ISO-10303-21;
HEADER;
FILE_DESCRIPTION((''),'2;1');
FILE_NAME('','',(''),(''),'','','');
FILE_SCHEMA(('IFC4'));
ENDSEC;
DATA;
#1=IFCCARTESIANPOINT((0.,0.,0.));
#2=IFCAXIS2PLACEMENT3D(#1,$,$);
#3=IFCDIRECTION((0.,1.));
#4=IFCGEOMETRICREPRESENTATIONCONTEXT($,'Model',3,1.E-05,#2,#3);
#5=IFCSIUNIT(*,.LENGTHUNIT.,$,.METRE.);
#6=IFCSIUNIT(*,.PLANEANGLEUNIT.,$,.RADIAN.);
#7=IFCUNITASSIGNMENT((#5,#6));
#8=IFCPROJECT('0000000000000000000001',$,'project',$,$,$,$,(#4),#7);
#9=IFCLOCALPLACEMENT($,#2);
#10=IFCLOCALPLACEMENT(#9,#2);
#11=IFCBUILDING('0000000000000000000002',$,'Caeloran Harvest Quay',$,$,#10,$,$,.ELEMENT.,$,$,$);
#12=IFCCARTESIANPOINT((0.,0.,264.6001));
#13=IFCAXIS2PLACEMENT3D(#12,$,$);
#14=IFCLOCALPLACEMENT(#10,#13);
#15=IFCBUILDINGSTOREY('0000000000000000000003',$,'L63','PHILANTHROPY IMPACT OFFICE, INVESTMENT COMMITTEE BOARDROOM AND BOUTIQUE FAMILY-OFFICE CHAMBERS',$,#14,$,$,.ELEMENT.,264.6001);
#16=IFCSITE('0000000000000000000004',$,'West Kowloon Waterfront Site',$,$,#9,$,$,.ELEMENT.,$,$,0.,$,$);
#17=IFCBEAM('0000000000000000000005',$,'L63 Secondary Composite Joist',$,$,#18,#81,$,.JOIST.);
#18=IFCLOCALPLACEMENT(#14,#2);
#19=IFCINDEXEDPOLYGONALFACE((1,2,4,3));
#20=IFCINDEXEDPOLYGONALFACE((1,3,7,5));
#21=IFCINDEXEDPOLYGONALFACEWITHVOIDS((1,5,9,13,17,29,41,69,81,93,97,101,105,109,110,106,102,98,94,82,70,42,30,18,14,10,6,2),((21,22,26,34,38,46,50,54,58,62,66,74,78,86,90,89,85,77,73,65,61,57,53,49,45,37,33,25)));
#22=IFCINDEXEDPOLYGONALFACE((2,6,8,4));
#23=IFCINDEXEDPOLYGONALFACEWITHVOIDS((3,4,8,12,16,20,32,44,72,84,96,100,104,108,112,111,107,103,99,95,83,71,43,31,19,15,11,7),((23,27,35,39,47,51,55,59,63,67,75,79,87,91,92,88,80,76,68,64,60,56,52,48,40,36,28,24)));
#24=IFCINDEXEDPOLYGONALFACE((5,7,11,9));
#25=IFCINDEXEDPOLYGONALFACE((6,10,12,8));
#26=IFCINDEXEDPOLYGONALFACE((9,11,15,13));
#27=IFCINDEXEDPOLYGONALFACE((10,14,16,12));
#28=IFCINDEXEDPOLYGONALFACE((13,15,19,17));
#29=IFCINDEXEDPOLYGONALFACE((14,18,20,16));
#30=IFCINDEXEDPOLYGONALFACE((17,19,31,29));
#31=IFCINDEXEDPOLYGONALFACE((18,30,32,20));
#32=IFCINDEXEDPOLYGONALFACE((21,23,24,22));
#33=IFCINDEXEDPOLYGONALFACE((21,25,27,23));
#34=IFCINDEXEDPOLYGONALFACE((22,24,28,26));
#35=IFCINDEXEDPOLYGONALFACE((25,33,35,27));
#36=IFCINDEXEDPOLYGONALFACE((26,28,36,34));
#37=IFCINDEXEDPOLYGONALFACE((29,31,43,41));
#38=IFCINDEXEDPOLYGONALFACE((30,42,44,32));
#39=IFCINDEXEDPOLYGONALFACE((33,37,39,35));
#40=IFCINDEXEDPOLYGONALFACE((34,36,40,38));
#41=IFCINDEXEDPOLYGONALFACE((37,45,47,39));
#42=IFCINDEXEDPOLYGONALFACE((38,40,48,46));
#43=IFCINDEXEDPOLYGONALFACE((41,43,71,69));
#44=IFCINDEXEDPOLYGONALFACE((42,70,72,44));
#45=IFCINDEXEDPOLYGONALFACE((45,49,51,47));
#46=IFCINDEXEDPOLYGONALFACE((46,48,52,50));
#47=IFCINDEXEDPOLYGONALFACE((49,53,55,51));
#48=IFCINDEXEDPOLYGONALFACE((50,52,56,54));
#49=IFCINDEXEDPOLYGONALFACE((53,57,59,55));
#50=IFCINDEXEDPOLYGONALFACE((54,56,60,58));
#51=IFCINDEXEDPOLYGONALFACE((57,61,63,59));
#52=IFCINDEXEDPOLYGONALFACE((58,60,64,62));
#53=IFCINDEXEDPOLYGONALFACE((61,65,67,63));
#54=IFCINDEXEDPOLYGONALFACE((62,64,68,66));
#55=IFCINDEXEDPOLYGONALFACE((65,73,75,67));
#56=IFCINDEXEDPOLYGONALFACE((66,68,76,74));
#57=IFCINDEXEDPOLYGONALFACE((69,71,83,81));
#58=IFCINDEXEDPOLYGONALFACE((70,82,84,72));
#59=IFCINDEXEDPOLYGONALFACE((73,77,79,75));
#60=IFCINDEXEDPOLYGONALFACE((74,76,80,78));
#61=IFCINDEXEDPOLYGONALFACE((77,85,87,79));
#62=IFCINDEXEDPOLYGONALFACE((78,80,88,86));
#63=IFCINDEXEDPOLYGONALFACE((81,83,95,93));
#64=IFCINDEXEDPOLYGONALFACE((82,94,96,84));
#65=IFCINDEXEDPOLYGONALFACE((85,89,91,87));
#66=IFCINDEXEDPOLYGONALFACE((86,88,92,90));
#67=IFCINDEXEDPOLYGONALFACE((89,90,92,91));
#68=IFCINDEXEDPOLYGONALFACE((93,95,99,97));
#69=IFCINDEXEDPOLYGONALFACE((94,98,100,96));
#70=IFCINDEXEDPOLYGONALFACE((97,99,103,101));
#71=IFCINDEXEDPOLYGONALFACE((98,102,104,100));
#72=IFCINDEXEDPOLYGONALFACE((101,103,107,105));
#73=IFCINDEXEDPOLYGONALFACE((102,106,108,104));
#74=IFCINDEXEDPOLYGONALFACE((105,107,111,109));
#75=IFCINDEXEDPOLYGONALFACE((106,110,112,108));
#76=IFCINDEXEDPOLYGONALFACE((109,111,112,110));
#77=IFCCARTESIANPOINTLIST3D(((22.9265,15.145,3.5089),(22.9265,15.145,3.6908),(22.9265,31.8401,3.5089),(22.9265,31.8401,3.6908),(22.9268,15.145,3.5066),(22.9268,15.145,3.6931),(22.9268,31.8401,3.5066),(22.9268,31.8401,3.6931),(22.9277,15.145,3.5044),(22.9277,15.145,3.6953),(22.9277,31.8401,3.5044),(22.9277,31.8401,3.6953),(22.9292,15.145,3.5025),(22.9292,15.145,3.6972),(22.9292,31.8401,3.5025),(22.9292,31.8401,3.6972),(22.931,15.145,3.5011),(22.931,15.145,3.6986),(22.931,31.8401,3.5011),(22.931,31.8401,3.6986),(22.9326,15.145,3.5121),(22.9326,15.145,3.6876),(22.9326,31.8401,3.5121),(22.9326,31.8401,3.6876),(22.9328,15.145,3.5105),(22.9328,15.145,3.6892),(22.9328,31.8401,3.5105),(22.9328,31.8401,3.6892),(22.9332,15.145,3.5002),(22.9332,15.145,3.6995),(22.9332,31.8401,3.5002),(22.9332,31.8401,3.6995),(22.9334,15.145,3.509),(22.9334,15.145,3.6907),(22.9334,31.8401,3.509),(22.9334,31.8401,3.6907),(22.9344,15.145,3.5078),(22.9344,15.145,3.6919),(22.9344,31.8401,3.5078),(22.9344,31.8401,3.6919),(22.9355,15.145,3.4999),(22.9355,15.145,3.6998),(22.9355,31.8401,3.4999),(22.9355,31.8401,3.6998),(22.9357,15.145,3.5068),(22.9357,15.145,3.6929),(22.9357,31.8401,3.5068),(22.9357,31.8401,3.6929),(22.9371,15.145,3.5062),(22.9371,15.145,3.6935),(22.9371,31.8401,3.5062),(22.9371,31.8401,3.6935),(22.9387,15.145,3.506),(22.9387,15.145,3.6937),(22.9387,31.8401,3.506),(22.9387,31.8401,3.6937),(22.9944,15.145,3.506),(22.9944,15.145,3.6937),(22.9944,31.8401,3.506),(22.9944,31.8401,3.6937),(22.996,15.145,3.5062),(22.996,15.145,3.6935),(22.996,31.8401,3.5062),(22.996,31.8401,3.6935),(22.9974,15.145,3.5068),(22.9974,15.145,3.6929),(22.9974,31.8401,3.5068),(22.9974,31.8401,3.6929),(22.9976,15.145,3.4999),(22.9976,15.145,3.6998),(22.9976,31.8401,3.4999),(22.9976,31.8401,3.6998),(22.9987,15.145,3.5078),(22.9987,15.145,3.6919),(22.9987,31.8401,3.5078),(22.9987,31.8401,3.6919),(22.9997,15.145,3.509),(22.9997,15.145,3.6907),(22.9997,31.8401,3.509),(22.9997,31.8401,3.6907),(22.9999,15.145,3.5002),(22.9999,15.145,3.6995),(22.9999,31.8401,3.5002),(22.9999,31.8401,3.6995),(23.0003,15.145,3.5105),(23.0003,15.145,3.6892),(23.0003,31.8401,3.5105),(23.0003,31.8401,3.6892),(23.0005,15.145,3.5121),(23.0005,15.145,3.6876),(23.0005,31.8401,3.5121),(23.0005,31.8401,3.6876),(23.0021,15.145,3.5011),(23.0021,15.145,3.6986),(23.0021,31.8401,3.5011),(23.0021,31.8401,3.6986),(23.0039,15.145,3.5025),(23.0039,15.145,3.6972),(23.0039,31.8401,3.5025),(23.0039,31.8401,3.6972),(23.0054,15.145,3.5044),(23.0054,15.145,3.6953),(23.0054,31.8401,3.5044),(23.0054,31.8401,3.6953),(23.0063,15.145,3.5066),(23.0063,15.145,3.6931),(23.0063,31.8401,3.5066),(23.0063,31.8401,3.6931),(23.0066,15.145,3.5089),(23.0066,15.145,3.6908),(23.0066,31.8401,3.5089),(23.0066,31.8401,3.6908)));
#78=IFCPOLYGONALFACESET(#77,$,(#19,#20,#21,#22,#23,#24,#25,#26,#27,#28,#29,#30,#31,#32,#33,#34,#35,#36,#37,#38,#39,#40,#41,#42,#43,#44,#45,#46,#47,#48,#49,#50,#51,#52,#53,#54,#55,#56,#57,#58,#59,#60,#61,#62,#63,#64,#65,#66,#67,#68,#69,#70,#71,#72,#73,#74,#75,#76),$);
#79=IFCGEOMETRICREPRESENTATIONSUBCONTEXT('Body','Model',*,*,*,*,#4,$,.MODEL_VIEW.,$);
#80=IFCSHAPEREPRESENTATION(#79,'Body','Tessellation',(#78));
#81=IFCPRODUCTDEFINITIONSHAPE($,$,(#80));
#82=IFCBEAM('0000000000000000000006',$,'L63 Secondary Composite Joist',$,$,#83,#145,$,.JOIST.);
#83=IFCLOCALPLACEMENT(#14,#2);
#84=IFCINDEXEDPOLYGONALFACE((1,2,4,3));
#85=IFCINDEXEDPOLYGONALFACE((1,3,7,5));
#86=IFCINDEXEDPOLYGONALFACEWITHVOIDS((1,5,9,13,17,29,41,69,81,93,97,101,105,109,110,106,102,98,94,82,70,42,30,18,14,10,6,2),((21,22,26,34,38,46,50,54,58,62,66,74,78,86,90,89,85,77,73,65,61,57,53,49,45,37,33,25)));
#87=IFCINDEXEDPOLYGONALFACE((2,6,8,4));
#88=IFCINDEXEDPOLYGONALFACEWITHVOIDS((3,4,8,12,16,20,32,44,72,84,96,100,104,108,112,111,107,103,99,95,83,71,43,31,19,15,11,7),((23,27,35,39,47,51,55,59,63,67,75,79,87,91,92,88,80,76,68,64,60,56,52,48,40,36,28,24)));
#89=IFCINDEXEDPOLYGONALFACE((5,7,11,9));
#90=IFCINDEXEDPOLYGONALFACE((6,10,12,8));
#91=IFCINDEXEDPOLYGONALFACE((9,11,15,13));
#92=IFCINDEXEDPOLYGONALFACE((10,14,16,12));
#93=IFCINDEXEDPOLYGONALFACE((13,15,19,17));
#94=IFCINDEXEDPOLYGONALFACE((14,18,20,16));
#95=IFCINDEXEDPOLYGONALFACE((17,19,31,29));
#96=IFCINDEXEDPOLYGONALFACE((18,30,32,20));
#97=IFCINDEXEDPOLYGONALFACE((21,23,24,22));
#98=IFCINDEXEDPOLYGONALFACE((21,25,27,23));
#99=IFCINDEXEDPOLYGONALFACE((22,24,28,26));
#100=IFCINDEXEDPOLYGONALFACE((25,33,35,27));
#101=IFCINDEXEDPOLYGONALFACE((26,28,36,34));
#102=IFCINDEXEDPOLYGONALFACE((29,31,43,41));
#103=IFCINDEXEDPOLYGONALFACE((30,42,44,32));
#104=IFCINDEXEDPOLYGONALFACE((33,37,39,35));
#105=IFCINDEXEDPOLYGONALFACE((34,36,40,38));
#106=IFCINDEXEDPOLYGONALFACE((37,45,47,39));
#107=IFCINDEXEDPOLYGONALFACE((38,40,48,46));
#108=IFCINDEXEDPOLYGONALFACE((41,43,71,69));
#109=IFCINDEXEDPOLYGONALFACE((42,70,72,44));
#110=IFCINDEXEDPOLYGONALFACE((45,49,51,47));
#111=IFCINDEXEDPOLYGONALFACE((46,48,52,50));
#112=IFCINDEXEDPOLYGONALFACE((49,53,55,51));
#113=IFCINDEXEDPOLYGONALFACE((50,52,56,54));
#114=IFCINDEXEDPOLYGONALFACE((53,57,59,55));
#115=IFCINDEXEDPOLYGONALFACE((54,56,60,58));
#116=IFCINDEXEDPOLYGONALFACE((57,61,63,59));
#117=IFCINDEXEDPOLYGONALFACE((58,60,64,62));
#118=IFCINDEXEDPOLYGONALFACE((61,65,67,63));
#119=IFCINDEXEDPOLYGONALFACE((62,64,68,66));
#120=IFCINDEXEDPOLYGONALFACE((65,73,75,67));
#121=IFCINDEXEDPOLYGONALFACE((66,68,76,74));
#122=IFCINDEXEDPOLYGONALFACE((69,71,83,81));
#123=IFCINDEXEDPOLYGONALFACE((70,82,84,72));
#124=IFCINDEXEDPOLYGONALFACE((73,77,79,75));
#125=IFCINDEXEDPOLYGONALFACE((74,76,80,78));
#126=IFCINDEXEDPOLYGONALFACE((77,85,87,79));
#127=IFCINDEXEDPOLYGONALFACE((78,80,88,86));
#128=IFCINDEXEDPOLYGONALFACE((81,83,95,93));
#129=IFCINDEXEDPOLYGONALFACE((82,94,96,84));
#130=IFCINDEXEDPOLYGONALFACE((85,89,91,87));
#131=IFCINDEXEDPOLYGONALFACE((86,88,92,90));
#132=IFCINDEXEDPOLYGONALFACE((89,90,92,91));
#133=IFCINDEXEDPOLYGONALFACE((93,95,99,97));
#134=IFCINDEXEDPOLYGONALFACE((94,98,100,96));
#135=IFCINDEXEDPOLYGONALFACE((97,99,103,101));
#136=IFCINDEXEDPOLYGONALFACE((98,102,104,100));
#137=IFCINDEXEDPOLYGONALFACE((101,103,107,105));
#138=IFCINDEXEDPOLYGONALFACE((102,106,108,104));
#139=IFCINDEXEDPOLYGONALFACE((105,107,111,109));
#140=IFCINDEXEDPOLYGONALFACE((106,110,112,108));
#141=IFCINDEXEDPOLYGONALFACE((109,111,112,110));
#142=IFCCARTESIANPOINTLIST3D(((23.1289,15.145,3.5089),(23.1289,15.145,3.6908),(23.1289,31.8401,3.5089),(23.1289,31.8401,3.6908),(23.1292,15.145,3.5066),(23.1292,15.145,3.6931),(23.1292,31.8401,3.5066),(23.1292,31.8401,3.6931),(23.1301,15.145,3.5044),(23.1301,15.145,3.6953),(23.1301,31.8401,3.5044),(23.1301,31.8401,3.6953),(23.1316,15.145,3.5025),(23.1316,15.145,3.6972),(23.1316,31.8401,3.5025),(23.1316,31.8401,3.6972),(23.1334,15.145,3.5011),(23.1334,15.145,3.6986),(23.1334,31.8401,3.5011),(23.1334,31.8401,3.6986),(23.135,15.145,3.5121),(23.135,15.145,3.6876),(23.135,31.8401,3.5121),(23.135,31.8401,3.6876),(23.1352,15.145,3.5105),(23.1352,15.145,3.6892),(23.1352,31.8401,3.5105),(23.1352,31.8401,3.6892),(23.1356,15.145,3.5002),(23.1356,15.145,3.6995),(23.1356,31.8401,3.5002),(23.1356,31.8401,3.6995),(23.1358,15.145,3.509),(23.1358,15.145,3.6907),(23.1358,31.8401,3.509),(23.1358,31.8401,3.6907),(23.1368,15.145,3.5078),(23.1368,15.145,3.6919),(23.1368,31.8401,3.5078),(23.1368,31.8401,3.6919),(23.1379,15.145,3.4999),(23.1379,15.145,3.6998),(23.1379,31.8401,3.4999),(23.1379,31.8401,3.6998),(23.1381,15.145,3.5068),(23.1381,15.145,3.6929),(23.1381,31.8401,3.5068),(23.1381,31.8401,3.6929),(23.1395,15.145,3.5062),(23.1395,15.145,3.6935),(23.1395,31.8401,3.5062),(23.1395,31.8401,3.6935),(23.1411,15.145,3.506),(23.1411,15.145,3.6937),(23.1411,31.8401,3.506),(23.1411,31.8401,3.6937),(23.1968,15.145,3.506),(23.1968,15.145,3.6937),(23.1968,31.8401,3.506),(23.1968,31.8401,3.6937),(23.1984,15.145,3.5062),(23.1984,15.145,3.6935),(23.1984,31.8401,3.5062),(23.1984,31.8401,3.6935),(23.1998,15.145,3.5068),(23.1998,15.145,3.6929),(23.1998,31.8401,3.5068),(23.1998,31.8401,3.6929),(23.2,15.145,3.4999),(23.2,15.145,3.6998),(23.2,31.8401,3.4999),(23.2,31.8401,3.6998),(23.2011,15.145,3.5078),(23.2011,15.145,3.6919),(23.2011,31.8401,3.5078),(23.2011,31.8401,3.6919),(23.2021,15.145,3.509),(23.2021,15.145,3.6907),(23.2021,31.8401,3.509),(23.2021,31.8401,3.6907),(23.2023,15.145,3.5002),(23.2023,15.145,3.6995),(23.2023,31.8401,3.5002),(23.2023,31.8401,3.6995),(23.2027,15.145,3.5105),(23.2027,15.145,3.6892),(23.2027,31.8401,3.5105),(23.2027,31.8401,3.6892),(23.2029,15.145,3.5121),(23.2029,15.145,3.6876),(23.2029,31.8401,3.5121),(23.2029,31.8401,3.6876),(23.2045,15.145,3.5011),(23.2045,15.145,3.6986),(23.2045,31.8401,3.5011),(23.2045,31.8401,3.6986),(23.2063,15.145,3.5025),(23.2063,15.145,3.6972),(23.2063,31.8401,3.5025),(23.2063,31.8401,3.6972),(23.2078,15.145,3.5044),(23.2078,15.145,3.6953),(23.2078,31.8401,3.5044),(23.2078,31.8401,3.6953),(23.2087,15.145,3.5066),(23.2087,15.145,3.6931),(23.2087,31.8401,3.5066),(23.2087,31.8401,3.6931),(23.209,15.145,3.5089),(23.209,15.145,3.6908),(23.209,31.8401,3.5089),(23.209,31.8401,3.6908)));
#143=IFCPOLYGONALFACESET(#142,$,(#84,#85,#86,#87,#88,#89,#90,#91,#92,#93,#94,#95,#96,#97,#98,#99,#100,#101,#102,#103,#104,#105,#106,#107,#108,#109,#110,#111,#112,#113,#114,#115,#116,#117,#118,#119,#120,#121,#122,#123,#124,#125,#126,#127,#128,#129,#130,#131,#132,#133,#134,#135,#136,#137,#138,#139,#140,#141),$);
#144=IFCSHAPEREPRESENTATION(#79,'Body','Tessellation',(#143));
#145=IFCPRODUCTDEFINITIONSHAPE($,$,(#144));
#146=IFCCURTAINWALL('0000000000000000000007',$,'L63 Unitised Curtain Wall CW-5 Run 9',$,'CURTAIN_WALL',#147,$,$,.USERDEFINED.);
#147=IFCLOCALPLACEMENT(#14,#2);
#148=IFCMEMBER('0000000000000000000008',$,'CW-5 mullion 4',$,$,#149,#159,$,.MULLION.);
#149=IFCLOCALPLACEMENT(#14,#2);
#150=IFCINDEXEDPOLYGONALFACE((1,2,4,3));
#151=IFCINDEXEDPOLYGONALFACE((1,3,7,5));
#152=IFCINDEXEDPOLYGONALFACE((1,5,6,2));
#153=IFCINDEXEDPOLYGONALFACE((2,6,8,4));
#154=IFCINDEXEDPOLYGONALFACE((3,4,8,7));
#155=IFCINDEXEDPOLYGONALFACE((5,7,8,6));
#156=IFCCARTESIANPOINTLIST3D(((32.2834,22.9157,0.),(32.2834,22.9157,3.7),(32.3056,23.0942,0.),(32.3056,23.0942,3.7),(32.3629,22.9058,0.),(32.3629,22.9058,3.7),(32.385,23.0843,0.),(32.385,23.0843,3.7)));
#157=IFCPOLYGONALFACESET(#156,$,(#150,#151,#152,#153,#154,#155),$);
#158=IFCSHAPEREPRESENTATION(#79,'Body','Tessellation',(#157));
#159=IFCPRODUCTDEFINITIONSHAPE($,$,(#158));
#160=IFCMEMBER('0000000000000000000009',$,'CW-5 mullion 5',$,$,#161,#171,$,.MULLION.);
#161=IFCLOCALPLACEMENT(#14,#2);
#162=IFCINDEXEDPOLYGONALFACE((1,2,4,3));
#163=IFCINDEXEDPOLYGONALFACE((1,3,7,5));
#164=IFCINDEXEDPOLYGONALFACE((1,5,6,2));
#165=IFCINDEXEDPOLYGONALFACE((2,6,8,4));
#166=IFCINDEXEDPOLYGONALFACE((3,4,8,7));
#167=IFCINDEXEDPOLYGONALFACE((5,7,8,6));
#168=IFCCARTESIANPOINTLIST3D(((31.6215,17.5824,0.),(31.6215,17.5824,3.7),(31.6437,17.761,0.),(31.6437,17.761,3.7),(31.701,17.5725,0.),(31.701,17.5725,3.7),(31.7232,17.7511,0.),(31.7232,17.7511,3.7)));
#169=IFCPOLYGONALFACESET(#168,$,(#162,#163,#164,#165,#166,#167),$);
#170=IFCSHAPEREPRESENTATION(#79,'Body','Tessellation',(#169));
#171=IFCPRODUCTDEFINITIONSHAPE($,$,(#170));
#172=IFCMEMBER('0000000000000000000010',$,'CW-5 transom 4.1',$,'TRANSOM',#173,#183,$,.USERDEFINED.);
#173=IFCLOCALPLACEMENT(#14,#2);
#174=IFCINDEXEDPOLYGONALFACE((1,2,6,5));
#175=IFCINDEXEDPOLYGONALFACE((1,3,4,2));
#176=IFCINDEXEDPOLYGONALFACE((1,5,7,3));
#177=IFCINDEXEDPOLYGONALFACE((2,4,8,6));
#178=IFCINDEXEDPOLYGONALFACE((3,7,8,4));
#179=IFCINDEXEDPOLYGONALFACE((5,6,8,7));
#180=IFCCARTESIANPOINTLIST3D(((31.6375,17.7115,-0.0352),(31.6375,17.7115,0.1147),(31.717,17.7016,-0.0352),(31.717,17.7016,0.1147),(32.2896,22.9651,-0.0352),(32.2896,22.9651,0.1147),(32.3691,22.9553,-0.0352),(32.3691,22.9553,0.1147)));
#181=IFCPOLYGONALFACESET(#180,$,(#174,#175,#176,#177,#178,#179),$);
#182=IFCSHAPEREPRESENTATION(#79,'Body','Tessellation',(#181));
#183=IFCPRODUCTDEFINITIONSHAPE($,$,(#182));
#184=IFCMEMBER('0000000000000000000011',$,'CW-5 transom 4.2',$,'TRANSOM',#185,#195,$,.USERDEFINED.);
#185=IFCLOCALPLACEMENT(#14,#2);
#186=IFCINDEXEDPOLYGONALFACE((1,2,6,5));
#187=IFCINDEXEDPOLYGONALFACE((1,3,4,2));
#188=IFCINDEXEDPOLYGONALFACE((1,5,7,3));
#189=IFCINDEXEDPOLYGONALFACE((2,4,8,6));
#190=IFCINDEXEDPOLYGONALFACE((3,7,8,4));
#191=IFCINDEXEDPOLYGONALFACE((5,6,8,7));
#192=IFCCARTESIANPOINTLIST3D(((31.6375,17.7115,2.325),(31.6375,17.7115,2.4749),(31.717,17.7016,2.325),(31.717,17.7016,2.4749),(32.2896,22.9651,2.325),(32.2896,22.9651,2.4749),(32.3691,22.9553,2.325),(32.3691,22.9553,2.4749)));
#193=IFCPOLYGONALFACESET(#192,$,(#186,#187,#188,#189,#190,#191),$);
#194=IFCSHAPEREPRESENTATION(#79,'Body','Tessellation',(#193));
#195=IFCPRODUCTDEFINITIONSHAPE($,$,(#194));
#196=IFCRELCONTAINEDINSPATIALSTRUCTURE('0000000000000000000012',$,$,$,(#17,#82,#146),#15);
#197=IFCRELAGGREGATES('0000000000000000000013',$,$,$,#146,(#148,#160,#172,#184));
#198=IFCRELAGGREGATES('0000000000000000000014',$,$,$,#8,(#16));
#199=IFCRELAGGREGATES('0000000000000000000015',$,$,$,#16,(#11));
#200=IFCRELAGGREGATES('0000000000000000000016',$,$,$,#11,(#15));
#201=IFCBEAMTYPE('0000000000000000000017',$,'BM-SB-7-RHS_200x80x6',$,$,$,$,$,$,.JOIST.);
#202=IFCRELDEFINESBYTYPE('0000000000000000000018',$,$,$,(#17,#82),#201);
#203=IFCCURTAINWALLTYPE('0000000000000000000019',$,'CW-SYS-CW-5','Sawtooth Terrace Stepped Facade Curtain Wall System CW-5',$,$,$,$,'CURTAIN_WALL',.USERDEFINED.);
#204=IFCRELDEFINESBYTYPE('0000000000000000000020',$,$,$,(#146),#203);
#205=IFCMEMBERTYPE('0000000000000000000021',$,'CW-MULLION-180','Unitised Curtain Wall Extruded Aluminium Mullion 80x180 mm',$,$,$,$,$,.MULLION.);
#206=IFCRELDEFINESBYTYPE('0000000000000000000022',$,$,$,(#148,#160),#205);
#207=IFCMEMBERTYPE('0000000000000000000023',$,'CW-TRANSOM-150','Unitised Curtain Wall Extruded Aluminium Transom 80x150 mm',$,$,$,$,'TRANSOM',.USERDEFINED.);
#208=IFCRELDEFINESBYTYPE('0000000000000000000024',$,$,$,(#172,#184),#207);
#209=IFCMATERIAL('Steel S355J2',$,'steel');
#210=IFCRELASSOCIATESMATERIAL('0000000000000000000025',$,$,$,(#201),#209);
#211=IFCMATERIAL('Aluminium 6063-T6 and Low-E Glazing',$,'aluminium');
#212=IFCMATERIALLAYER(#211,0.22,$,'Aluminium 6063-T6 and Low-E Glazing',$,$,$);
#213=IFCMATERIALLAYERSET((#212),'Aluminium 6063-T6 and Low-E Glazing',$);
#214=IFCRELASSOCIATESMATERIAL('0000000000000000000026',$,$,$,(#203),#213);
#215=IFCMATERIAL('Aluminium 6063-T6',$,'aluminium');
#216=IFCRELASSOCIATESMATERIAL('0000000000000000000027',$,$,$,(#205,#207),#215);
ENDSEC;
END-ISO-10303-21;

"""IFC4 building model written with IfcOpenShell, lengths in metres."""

from ifc_helpers import new_model, si_unit, direction, frame, origin, origin_2d, place, context, subcontext, project, spatial, rectangle, hollow_rectangle, extrude, material, layer, layer_set, material_profile, profile_set, type_object, element, aggregate, save


model = new_model("IFC4")

# Units and contexts
model_context = context("Model", 3, precision=1e-05, world=origin(), true_north=direction((0.0, 1.0)))
body_context = subcontext(model_context, "Body", "Model", "MODEL_VIEW")
ifc_project = project(units=[si_unit("LENGTHUNIT", "METRE"), si_unit("PLANEANGLEUNIT", "RADIAN")], contexts=[model_context])

# Site, building, storey
site_placement = place(None, origin())
site = spatial("IfcSite", under=ifc_project, at=site_placement, Name="West Kowloon Waterfront Site", CompositionType="ELEMENT", RefElevation=0.0)
building_placement = place(site_placement, origin())
building = spatial("IfcBuilding", under=site, at=building_placement, Name="Caeloran Harvest Quay", CompositionType="ELEMENT")
storey_placement = place(building_placement, frame((0.0, 0.0, 264.6001)))
storey = spatial("IfcBuildingStorey", under=building, at=storey_placement, Name="L63", Description="PHILANTHROPY IMPACT OFFICE, INVESTMENT COMMITTEE BOARDROOM AND BOUTIQUE FAMILY-OFFICE CHAMBERS", CompositionType="ELEMENT", Elevation=264.6001)

# Beams
ifc_material_1 = material(Name="Steel S355J2", Category="steel")
ifc_material_profile_1 = material_profile(ifc_material_1, hollow_rectangle(XDim=0.0801, YDim=0.2, WallThickness=0.0061, InnerFilletRadius=0.0061, OuterFilletRadius=0.009, at=origin_2d()), Name="RHS 200x80x6")
ifc_profile_set_1 = profile_set([ifc_material_profile_1], Name="Steel S355J2")
beam_type_1 = type_object("IfcBeamType", Name="BM-SB-7-RHS_200x80x6", PredefinedType="JOIST", material=ifc_profile_set_1)
for number, where, z_axis, x_axis, name in (
    (1, (22.9666, 15.145, 3.5999), (0.0, 1.0, 0.0), (-1.0, 0.0, 0.0), "L63 Secondary Composite Joist"),
    (2, (23.1689, 15.145, 3.5999), (0.0, 1.0, 0.0), (-1.0, 0.0, 0.0), "L63 Secondary Composite Joist"),
):
    element("IfcBeam", number, at=place(storey_placement, frame(where, z_axis=z_axis, x_axis=x_axis)), inside=storey, type_object=beam_type_1, Name=name, PredefinedType="JOIST", context=body_context, shape_type="SweptSolid", body=[
        extrude(hollow_rectangle(XDim=0.0801, YDim=0.2, WallThickness=0.0061, InnerFilletRadius=0.0061, OuterFilletRadius=0.009, at=origin_2d()), origin(), (0.0, 0.0, 1.0), 16.6951),
    ])

# Curtain wall, members
ifc_material_2 = material(Name="Aluminium 6063-T6 and Low-E Glazing", Category="aluminium")
ifc_layer_1 = layer(ifc_material_2, 0.22, Name="Aluminium 6063-T6 and Low-E Glazing")
ifc_layer_set_1 = layer_set([ifc_layer_1], Name="Aluminium 6063-T6 and Low-E Glazing")
curtain_wall_type = type_object("IfcCurtainWallType", Name="CW-SYS-CW-5", Description="Sawtooth Terrace Stepped Facade Curtain Wall System CW-5", ElementType="CURTAIN_WALL", PredefinedType="USERDEFINED", material=ifc_layer_set_1)
curtain_wall_placement = place(storey_placement, origin())
curtain_wall = element("IfcCurtainWall", 3, at=curtain_wall_placement, inside=storey, type_object=curtain_wall_type, Name="L63 Unitised Curtain Wall CW-5 Run 9", ObjectType="CURTAIN_WALL", PredefinedType="USERDEFINED")
ifc_material_3 = material(Name="Aluminium 6063-T6", Category="aluminium")
ifc_material_profile_2 = material_profile(ifc_material_3, rectangle(XDim=0.0801, YDim=0.1799, at=origin_2d()), Name="CW-MULLION-180")
ifc_profile_set_2 = profile_set([ifc_material_profile_2], Name="Aluminium 6063-T6")
member_type_1 = type_object("IfcMemberType", Name="CW-MULLION-180", Description="Unitised Curtain Wall Extruded Aluminium Mullion 80x180 mm", PredefinedType="MULLION", material=ifc_profile_set_2)
member_1_placement = place(storey_placement, frame((32.3342, 23.0, 0.0), z_axis=(0.0, 0.0, 1.0), x_axis=(0.992383, -0.12319, 0.0)))
member_1 = element("IfcMember", 4, at=member_1_placement, type_object=member_type_1, Name="CW-5 mullion 4", PredefinedType="MULLION", context=body_context, shape_type="SweptSolid", body=[
    extrude(rectangle(XDim=0.0801, YDim=0.1799, at=origin_2d()), origin(), (0.0, 0.0, 1.0), 3.7),
])
member_2_placement = place(storey_placement, frame((31.6724, 17.6667, 0.0), z_axis=(0.0, 0.0, 1.0), x_axis=(0.992383, -0.12319, 0.0)))
member_2 = element("IfcMember", 5, at=member_2_placement, type_object=member_type_1, Name="CW-5 mullion 5", PredefinedType="MULLION", context=body_context, shape_type="SweptSolid", body=[
    extrude(rectangle(XDim=0.0801, YDim=0.1799, at=origin_2d()), origin(), (0.0, 0.0, 1.0), 3.7),
])
ifc_material_profile_3 = material_profile(ifc_material_3, rectangle(XDim=0.0801, YDim=0.1499, at=origin_2d()), Name="CW-TRANSOM-150")
ifc_profile_set_3 = profile_set([ifc_material_profile_3], Name="Aluminium 6063-T6")
member_type_2 = type_object("IfcMemberType", Name="CW-TRANSOM-150", Description="Unitised Curtain Wall Extruded Aluminium Transom 80x150 mm", ElementType="TRANSOM", PredefinedType="USERDEFINED", material=ifc_profile_set_3)
member_3_placement = place(storey_placement, frame((32.3293, 22.9602, 0.0398), z_axis=(-0.123178, -0.992385, 0.0), x_axis=(0.992385, -0.123178, 0.0)))
member_3 = element("IfcMember", 6, at=member_3_placement, type_object=member_type_2, Name="CW-5 transom 4.1", ObjectType="TRANSOM", PredefinedType="USERDEFINED", context=body_context, shape_type="SweptSolid", body=[
    extrude(rectangle(XDim=0.0801, YDim=0.1499, at=origin_2d()), origin(), (0.0, 0.0, 1.0), 5.2939),
])
member_4_placement = place(storey_placement, frame((32.3293, 22.9602, 2.3999), z_axis=(-0.123178, -0.992385, 0.0), x_axis=(0.992385, -0.123178, 0.0)))
member_4 = element("IfcMember", 7, at=member_4_placement, type_object=member_type_2, Name="CW-5 transom 4.2", ObjectType="TRANSOM", PredefinedType="USERDEFINED", context=body_context, shape_type="SweptSolid", body=[
    extrude(rectangle(XDim=0.0801, YDim=0.1499, at=origin_2d()), origin(), (0.0, 0.0, 1.0), 5.2939),
])
aggregate(curtain_wall, [member_1, member_2, member_3, member_4])

save(model, "model.ifc")
